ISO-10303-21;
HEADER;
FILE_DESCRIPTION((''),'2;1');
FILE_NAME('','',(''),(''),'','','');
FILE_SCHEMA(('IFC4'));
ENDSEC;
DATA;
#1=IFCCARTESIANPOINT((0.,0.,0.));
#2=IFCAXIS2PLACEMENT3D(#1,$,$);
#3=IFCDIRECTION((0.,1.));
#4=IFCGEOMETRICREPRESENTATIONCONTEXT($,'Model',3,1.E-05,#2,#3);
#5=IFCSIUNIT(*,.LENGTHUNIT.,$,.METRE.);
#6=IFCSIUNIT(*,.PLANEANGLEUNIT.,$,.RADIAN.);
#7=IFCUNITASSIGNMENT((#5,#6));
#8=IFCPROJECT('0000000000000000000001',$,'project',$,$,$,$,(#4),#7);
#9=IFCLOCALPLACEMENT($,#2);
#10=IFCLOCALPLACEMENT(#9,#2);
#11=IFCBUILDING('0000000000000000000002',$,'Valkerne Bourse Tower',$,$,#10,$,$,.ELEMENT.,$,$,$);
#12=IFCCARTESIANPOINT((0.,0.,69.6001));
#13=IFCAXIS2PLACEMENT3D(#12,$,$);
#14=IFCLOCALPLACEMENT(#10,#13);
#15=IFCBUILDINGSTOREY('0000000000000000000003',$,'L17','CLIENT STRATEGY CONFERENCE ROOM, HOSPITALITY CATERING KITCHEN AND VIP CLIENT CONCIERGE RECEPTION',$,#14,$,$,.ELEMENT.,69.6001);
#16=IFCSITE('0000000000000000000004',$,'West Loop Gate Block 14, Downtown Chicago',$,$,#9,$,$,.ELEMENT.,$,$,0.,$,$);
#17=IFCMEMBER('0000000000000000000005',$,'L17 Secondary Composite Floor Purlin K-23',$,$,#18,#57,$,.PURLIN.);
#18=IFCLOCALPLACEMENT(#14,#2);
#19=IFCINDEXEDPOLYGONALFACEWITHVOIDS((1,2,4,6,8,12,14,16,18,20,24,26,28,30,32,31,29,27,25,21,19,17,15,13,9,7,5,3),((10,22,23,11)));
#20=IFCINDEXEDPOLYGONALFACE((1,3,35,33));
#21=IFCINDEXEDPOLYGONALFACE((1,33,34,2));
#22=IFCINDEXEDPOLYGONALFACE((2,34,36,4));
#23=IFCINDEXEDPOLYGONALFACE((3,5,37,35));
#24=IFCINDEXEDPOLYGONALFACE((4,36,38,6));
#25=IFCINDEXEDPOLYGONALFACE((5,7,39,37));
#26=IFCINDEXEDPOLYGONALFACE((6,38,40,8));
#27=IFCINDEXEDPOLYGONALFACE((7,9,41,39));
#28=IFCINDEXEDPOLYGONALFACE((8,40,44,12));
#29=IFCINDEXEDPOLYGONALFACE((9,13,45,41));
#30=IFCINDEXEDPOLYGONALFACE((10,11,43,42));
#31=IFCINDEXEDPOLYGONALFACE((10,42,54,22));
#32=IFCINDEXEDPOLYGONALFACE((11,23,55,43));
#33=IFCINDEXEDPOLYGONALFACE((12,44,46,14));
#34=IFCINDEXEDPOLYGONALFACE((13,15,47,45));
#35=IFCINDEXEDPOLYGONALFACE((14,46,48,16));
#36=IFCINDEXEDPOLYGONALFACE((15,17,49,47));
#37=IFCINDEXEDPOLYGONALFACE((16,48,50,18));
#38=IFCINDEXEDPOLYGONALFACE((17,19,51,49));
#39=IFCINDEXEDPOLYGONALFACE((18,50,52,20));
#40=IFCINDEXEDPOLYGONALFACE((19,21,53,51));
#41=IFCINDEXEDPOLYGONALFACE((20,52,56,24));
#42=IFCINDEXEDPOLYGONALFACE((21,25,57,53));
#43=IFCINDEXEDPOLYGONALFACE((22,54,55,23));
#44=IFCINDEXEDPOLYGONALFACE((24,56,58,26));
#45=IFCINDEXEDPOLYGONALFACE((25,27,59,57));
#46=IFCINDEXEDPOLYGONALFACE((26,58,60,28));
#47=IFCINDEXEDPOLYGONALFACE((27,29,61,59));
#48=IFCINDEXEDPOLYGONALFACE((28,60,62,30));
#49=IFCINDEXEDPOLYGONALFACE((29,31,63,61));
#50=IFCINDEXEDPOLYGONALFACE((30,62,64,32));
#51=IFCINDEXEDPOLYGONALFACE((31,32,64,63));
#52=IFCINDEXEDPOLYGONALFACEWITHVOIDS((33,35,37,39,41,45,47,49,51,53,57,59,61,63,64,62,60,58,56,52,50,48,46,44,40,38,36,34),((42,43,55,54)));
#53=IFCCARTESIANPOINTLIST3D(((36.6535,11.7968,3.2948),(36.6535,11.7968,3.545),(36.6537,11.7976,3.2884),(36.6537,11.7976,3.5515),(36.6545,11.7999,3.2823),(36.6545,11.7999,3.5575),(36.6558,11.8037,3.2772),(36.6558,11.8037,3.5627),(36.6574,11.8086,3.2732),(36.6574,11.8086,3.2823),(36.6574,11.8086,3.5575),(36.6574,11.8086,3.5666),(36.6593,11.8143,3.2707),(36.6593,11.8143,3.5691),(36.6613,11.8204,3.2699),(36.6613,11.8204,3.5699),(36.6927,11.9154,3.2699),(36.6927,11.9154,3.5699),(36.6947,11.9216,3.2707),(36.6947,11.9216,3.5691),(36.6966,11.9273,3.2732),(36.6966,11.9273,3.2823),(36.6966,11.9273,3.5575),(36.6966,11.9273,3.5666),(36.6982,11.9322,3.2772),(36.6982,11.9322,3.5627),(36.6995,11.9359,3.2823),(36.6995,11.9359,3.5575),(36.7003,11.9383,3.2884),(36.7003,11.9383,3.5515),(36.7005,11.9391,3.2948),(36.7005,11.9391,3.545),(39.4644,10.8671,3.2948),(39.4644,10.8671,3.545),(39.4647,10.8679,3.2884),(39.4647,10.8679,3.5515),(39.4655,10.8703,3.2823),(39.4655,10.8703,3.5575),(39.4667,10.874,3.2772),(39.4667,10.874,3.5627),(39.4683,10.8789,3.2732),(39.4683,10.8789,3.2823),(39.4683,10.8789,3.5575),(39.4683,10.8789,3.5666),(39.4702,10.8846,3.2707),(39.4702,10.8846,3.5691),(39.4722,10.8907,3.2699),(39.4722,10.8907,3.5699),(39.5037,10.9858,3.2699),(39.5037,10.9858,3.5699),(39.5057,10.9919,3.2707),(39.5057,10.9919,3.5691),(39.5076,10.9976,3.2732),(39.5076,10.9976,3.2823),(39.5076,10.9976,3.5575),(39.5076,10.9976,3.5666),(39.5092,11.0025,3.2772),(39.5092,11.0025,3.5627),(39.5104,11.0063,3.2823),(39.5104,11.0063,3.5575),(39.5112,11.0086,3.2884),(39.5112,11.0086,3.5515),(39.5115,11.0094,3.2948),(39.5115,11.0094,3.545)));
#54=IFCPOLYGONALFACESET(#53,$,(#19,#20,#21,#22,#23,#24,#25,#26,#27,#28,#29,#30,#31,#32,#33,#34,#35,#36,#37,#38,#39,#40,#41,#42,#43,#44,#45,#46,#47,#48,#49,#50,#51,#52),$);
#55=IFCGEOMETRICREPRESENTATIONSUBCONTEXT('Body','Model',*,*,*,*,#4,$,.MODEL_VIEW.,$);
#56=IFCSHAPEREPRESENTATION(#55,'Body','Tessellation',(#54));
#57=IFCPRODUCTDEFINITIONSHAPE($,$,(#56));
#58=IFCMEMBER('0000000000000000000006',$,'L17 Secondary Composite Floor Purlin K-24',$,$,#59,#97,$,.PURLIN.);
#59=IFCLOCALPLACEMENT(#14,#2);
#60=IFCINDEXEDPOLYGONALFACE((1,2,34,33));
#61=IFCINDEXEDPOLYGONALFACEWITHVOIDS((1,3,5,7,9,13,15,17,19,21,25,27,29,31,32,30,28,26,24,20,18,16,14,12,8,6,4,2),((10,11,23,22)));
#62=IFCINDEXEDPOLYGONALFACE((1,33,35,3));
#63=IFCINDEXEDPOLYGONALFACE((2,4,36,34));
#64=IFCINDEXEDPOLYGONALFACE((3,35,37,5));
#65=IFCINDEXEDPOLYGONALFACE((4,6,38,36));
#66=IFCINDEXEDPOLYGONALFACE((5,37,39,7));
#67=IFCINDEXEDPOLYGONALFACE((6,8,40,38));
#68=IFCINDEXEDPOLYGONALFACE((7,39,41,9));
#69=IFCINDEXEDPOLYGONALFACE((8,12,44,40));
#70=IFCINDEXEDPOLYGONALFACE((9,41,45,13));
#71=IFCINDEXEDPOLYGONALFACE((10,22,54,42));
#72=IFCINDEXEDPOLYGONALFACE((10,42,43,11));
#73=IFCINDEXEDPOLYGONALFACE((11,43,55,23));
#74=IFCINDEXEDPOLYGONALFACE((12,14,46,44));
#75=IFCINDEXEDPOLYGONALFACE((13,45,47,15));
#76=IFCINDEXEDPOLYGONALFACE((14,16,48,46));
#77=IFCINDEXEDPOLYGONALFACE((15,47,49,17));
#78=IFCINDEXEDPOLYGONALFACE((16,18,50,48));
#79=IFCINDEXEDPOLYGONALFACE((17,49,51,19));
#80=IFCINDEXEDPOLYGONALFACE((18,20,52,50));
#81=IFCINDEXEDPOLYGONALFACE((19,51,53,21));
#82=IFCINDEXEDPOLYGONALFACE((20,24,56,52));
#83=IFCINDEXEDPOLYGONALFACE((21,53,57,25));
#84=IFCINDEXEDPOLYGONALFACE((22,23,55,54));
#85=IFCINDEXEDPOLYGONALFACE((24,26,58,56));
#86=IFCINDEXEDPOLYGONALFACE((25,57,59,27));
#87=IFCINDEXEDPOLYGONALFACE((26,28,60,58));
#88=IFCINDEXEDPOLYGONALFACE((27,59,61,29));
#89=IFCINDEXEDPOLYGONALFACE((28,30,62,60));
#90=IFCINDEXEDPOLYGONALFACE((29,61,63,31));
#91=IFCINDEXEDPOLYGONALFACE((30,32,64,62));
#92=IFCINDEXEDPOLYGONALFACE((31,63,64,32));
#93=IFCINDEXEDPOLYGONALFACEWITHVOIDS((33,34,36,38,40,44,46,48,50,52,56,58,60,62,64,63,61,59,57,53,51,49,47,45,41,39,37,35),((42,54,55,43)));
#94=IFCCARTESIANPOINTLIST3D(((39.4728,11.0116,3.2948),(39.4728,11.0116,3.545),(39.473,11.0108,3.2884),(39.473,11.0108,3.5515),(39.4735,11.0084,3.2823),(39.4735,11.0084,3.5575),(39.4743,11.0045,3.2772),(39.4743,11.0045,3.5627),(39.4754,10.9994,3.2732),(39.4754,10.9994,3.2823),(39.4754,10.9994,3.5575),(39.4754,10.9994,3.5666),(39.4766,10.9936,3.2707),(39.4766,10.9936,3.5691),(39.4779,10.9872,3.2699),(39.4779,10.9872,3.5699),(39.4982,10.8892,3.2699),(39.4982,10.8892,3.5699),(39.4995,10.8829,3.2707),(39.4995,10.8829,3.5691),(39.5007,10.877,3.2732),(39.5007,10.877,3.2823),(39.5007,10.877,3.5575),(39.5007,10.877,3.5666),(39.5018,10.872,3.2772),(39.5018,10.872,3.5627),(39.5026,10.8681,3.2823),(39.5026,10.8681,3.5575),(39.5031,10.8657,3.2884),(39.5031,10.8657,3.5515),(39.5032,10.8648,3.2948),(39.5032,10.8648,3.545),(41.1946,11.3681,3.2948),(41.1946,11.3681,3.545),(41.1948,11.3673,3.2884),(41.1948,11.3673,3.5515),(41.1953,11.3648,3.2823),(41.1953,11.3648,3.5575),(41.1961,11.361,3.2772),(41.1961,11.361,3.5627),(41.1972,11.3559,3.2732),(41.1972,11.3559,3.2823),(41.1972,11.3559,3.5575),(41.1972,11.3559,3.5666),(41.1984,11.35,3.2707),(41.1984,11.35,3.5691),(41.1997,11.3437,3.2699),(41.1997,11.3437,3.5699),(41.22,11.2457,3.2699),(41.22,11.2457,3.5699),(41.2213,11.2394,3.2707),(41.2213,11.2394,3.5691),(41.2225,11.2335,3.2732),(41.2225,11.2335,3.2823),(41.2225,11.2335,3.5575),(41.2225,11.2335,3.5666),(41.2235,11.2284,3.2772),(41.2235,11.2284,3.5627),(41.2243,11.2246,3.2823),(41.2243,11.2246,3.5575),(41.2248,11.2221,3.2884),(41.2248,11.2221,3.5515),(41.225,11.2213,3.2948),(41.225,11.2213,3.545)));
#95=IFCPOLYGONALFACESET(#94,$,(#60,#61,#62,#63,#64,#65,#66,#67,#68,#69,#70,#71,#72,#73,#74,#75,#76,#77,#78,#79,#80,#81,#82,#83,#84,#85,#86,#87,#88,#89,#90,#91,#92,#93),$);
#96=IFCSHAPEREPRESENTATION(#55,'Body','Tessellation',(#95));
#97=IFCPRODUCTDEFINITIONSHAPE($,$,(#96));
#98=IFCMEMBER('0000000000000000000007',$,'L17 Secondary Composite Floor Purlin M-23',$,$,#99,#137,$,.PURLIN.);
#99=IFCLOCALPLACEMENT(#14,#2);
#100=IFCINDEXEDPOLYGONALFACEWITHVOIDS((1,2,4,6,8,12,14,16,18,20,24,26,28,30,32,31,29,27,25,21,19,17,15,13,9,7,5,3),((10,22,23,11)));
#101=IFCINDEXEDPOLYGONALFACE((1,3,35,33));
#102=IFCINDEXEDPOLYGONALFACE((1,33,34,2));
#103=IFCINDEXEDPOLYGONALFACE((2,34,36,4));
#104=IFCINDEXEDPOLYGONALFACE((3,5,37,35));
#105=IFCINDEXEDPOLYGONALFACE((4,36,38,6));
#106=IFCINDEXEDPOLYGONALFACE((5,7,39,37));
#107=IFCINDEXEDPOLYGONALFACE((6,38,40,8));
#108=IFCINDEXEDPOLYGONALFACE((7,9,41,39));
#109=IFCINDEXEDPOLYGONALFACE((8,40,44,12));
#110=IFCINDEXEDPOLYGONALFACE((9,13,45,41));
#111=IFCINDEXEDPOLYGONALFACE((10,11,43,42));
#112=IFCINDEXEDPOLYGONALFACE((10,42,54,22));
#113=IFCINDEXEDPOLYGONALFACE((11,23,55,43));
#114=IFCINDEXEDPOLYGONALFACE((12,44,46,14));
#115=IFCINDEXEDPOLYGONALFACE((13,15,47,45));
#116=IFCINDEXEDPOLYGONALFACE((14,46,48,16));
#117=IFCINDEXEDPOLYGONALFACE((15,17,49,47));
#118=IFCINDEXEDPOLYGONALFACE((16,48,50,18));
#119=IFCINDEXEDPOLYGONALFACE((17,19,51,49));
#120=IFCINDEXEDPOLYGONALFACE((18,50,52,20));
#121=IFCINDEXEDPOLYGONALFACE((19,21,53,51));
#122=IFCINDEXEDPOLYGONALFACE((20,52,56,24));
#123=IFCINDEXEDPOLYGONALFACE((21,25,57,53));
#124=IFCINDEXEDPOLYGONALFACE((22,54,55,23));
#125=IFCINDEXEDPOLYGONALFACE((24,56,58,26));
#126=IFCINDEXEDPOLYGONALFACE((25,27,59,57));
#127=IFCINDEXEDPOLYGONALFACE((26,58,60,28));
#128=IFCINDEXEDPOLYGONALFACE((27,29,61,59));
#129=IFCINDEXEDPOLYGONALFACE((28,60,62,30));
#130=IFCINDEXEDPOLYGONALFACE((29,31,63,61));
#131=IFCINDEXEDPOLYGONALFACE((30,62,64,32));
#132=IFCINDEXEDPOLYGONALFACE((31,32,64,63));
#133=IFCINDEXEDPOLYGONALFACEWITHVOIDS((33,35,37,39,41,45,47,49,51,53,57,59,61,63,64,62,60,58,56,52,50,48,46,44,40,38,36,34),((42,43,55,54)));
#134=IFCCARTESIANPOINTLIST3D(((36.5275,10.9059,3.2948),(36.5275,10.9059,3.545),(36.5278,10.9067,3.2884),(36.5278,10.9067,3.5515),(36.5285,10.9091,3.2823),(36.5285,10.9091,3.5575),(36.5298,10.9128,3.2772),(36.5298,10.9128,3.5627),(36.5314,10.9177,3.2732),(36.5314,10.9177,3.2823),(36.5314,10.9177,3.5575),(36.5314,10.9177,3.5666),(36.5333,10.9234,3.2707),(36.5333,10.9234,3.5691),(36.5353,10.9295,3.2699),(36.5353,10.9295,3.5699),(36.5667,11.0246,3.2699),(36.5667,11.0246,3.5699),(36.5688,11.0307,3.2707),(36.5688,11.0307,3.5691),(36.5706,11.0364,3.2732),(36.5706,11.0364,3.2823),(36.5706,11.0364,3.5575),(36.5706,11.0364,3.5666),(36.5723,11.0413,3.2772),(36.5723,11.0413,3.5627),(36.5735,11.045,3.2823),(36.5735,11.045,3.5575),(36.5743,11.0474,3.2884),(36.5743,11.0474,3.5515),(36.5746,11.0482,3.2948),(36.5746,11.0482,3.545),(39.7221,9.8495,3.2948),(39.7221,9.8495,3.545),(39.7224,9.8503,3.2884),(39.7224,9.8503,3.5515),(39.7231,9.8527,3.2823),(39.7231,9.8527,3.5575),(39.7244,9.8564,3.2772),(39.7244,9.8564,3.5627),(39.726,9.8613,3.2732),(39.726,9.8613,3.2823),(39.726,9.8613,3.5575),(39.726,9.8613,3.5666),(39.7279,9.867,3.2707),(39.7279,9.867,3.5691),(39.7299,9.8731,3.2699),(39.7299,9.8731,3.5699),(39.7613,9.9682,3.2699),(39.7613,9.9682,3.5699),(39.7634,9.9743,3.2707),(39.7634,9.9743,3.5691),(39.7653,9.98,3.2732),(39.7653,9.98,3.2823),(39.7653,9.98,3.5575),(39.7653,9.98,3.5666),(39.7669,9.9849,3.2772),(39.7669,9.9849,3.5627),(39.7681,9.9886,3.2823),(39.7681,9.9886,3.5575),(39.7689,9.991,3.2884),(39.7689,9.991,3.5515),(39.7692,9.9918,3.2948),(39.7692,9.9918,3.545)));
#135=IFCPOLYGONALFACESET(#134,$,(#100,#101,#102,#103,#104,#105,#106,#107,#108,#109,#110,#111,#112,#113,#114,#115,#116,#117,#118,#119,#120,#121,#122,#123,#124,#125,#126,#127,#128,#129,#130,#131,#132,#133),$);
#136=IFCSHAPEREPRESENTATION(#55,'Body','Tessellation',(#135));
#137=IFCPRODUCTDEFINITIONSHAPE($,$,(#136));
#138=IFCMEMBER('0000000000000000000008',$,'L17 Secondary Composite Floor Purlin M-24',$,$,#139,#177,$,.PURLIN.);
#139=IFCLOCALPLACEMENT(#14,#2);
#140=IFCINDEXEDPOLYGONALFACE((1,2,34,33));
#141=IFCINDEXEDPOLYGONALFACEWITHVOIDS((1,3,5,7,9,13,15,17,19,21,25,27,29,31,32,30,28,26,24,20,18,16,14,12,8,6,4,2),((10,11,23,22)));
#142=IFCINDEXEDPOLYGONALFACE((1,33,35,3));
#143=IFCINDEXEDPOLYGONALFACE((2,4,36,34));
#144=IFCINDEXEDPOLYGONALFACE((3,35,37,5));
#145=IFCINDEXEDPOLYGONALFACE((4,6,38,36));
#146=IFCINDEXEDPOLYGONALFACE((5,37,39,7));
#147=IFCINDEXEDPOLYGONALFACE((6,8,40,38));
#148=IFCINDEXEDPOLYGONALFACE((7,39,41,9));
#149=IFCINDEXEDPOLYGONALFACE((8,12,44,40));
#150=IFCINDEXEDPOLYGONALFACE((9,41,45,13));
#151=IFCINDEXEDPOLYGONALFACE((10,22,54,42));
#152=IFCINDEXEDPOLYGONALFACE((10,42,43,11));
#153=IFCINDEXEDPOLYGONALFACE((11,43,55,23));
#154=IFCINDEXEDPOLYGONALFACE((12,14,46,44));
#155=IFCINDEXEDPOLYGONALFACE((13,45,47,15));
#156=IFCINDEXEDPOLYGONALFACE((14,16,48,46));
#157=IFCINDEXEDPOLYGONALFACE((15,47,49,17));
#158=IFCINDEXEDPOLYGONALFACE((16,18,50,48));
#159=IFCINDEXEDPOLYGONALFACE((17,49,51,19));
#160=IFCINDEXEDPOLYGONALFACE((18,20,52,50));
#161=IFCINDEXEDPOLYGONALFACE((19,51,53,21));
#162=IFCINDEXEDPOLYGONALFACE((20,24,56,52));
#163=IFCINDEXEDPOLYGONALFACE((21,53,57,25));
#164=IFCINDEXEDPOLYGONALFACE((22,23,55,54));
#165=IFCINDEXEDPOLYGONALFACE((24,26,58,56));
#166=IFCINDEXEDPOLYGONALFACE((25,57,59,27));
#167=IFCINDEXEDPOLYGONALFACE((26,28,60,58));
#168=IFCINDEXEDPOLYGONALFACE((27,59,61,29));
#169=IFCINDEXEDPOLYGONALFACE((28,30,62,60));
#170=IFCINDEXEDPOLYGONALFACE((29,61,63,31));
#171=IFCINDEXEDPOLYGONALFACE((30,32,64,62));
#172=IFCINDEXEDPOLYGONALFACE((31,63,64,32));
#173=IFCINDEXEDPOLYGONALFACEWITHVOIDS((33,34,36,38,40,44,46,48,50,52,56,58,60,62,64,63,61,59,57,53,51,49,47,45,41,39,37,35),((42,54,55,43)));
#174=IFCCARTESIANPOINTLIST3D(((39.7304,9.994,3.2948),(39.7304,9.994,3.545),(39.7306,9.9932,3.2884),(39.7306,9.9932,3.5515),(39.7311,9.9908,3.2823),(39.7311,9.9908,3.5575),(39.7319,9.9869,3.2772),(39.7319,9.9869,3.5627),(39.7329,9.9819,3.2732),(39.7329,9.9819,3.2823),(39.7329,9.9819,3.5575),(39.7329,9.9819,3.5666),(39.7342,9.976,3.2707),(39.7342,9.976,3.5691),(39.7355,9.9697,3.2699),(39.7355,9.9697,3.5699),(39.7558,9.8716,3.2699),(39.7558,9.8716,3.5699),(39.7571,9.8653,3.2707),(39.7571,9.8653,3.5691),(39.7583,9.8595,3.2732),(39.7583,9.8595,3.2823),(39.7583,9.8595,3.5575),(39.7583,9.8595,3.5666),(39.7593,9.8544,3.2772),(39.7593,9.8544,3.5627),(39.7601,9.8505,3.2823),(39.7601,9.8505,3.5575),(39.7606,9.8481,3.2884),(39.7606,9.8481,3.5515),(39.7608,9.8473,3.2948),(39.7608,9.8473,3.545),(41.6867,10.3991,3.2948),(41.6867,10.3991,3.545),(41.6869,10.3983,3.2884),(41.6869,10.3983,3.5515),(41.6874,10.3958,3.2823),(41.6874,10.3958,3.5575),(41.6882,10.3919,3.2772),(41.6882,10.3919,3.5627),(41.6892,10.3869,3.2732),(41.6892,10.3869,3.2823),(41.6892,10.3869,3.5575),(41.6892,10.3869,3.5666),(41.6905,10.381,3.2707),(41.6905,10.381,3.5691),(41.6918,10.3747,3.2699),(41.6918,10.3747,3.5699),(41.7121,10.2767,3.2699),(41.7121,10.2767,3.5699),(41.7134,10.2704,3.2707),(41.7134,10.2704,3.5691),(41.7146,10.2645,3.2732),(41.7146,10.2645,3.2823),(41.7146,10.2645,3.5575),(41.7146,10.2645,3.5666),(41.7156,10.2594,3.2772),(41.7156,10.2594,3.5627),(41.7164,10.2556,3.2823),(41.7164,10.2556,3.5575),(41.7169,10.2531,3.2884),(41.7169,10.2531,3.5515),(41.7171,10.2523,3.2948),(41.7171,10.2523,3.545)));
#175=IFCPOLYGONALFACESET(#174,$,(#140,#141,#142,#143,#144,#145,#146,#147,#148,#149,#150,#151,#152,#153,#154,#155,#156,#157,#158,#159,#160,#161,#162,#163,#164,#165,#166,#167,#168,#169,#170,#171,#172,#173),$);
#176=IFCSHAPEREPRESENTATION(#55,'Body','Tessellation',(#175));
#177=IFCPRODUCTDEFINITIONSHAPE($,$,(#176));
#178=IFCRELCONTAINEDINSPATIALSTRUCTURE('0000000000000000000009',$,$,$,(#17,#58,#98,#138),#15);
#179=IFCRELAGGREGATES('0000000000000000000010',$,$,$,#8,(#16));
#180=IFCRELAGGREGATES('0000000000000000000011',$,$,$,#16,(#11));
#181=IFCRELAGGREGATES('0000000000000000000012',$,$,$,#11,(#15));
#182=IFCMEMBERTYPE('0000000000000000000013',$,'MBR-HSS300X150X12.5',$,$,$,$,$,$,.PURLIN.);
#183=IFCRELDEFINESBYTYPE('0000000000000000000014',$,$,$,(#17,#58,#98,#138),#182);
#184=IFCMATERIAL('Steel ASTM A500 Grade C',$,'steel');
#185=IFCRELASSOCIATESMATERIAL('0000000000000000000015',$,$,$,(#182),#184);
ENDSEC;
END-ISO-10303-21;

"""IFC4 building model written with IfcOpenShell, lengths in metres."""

from ifc_helpers import new_model, si_unit, direction, frame, origin, origin_2d, place, context, subcontext, project, spatial, hollow_rectangle, extrude, material, material_profile, profile_set, type_object, element, save


model = new_model("IFC4")

# Units and contexts
model_context = context("Model", 3, precision=1e-05, world=origin(), true_north=direction((0.0, 1.0)))
body_context = subcontext(model_context, "Body", "Model", "MODEL_VIEW")
ifc_project = project(units=[si_unit("LENGTHUNIT", "METRE"), si_unit("PLANEANGLEUNIT", "RADIAN")], contexts=[model_context])

# Site, building, storey
site_placement = place(None, origin())
site = spatial("IfcSite", under=ifc_project, at=site_placement, Name="West Loop Gate Block 14, Downtown Chicago", CompositionType="ELEMENT", RefElevation=0.0)
building_placement = place(site_placement, origin())
building = spatial("IfcBuilding", under=site, at=building_placement, Name="Valkerne Bourse Tower", CompositionType="ELEMENT")
storey_placement = place(building_placement, frame((0.0, 0.0, 69.6001)))
storey = spatial("IfcBuildingStorey", under=building, at=storey_placement, Name="L17", Description="CLIENT STRATEGY CONFERENCE ROOM, HOSPITALITY CATERING KITCHEN AND VIP CLIENT CONCIERGE RECEPTION", CompositionType="ELEMENT", Elevation=69.6001)

# Members
ifc_material_1 = material(Name="Steel ASTM A500 Grade C", Category="steel")
ifc_material_profile_1 = material_profile(ifc_material_1, hollow_rectangle(XDim=0.1499, YDim=0.3, WallThickness=0.0125, OuterFilletRadius=0.0249, at=origin_2d()), Name="HSS300X150X12.5")
ifc_profile_set_1 = profile_set([ifc_material_profile_1], Name="Steel ASTM A500 Grade C")
member_type_1 = type_object("IfcMemberType", Name="MBR-HSS300X150X12.5", PredefinedType="PURLIN", material=ifc_profile_set_1)
member_1_placement = place(storey_placement, frame((36.677, 11.8679, 3.4199), z_axis=(0.949423, -0.314001, 0.0), x_axis=(0.314001, 0.949423, 0.0)))
element("IfcMember", 1, at=member_1_placement, inside=storey, type_object=member_type_1, Name="L17 Secondary Composite Floor Purlin K-23", PredefinedType="PURLIN", context=body_context, shape_type="SweptSolid", body=[
    extrude(hollow_rectangle(XDim=0.1499, YDim=0.3, WallThickness=0.0125, OuterFilletRadius=0.0249, at=origin_2d()), origin(), (0.0, 0.0, 1.0), 2.9607),
])
member_2_placement = place(storey_placement, frame((39.488, 10.9382, 3.4199), z_axis=(0.979234, 0.202734, 0.0), x_axis=(-0.202734, 0.979234, 0.0)))
element("IfcMember", 2, at=member_2_placement, inside=storey, type_object=member_type_1, Name="L17 Secondary Composite Floor Purlin K-24", PredefinedType="PURLIN", context=body_context, shape_type="SweptSolid", body=[
    extrude(hollow_rectangle(XDim=0.1499, YDim=0.3, WallThickness=0.0125, OuterFilletRadius=0.0249, at=origin_2d()), origin(), (0.0, 0.0, 1.0), 1.7583),
])
member_3_placement = place(storey_placement, frame((36.551, 10.9771, 3.4199), z_axis=(0.949435, -0.313963, 0.0), x_axis=(0.313963, 0.949435, 0.0)))
element("IfcMember", 3, at=member_3_placement, inside=storey, type_object=member_type_1, Name="L17 Secondary Composite Floor Purlin M-23", PredefinedType="PURLIN", context=body_context, shape_type="SweptSolid", body=[
    extrude(hollow_rectangle(XDim=0.1499, YDim=0.3, WallThickness=0.0125, OuterFilletRadius=0.0249, at=origin_2d()), origin(), (0.0, 0.0, 1.0), 3.3647),
])
member_4_placement = place(storey_placement, frame((39.7456, 9.9207, 3.4199), z_axis=(0.979233, 0.202739, 0.0), x_axis=(-0.202739, 0.979233, 0.0)))
element("IfcMember", 4, at=member_4_placement, inside=storey, type_object=member_type_1, Name="L17 Secondary Composite Floor Purlin M-24", PredefinedType="PURLIN", context=body_context, shape_type="SweptSolid", body=[
    extrude(hollow_rectangle(XDim=0.1499, YDim=0.3, WallThickness=0.0125, OuterFilletRadius=0.0249, at=origin_2d()), origin(), (0.0, 0.0, 1.0), 1.9978),
])

save(model, "model.ifc")
